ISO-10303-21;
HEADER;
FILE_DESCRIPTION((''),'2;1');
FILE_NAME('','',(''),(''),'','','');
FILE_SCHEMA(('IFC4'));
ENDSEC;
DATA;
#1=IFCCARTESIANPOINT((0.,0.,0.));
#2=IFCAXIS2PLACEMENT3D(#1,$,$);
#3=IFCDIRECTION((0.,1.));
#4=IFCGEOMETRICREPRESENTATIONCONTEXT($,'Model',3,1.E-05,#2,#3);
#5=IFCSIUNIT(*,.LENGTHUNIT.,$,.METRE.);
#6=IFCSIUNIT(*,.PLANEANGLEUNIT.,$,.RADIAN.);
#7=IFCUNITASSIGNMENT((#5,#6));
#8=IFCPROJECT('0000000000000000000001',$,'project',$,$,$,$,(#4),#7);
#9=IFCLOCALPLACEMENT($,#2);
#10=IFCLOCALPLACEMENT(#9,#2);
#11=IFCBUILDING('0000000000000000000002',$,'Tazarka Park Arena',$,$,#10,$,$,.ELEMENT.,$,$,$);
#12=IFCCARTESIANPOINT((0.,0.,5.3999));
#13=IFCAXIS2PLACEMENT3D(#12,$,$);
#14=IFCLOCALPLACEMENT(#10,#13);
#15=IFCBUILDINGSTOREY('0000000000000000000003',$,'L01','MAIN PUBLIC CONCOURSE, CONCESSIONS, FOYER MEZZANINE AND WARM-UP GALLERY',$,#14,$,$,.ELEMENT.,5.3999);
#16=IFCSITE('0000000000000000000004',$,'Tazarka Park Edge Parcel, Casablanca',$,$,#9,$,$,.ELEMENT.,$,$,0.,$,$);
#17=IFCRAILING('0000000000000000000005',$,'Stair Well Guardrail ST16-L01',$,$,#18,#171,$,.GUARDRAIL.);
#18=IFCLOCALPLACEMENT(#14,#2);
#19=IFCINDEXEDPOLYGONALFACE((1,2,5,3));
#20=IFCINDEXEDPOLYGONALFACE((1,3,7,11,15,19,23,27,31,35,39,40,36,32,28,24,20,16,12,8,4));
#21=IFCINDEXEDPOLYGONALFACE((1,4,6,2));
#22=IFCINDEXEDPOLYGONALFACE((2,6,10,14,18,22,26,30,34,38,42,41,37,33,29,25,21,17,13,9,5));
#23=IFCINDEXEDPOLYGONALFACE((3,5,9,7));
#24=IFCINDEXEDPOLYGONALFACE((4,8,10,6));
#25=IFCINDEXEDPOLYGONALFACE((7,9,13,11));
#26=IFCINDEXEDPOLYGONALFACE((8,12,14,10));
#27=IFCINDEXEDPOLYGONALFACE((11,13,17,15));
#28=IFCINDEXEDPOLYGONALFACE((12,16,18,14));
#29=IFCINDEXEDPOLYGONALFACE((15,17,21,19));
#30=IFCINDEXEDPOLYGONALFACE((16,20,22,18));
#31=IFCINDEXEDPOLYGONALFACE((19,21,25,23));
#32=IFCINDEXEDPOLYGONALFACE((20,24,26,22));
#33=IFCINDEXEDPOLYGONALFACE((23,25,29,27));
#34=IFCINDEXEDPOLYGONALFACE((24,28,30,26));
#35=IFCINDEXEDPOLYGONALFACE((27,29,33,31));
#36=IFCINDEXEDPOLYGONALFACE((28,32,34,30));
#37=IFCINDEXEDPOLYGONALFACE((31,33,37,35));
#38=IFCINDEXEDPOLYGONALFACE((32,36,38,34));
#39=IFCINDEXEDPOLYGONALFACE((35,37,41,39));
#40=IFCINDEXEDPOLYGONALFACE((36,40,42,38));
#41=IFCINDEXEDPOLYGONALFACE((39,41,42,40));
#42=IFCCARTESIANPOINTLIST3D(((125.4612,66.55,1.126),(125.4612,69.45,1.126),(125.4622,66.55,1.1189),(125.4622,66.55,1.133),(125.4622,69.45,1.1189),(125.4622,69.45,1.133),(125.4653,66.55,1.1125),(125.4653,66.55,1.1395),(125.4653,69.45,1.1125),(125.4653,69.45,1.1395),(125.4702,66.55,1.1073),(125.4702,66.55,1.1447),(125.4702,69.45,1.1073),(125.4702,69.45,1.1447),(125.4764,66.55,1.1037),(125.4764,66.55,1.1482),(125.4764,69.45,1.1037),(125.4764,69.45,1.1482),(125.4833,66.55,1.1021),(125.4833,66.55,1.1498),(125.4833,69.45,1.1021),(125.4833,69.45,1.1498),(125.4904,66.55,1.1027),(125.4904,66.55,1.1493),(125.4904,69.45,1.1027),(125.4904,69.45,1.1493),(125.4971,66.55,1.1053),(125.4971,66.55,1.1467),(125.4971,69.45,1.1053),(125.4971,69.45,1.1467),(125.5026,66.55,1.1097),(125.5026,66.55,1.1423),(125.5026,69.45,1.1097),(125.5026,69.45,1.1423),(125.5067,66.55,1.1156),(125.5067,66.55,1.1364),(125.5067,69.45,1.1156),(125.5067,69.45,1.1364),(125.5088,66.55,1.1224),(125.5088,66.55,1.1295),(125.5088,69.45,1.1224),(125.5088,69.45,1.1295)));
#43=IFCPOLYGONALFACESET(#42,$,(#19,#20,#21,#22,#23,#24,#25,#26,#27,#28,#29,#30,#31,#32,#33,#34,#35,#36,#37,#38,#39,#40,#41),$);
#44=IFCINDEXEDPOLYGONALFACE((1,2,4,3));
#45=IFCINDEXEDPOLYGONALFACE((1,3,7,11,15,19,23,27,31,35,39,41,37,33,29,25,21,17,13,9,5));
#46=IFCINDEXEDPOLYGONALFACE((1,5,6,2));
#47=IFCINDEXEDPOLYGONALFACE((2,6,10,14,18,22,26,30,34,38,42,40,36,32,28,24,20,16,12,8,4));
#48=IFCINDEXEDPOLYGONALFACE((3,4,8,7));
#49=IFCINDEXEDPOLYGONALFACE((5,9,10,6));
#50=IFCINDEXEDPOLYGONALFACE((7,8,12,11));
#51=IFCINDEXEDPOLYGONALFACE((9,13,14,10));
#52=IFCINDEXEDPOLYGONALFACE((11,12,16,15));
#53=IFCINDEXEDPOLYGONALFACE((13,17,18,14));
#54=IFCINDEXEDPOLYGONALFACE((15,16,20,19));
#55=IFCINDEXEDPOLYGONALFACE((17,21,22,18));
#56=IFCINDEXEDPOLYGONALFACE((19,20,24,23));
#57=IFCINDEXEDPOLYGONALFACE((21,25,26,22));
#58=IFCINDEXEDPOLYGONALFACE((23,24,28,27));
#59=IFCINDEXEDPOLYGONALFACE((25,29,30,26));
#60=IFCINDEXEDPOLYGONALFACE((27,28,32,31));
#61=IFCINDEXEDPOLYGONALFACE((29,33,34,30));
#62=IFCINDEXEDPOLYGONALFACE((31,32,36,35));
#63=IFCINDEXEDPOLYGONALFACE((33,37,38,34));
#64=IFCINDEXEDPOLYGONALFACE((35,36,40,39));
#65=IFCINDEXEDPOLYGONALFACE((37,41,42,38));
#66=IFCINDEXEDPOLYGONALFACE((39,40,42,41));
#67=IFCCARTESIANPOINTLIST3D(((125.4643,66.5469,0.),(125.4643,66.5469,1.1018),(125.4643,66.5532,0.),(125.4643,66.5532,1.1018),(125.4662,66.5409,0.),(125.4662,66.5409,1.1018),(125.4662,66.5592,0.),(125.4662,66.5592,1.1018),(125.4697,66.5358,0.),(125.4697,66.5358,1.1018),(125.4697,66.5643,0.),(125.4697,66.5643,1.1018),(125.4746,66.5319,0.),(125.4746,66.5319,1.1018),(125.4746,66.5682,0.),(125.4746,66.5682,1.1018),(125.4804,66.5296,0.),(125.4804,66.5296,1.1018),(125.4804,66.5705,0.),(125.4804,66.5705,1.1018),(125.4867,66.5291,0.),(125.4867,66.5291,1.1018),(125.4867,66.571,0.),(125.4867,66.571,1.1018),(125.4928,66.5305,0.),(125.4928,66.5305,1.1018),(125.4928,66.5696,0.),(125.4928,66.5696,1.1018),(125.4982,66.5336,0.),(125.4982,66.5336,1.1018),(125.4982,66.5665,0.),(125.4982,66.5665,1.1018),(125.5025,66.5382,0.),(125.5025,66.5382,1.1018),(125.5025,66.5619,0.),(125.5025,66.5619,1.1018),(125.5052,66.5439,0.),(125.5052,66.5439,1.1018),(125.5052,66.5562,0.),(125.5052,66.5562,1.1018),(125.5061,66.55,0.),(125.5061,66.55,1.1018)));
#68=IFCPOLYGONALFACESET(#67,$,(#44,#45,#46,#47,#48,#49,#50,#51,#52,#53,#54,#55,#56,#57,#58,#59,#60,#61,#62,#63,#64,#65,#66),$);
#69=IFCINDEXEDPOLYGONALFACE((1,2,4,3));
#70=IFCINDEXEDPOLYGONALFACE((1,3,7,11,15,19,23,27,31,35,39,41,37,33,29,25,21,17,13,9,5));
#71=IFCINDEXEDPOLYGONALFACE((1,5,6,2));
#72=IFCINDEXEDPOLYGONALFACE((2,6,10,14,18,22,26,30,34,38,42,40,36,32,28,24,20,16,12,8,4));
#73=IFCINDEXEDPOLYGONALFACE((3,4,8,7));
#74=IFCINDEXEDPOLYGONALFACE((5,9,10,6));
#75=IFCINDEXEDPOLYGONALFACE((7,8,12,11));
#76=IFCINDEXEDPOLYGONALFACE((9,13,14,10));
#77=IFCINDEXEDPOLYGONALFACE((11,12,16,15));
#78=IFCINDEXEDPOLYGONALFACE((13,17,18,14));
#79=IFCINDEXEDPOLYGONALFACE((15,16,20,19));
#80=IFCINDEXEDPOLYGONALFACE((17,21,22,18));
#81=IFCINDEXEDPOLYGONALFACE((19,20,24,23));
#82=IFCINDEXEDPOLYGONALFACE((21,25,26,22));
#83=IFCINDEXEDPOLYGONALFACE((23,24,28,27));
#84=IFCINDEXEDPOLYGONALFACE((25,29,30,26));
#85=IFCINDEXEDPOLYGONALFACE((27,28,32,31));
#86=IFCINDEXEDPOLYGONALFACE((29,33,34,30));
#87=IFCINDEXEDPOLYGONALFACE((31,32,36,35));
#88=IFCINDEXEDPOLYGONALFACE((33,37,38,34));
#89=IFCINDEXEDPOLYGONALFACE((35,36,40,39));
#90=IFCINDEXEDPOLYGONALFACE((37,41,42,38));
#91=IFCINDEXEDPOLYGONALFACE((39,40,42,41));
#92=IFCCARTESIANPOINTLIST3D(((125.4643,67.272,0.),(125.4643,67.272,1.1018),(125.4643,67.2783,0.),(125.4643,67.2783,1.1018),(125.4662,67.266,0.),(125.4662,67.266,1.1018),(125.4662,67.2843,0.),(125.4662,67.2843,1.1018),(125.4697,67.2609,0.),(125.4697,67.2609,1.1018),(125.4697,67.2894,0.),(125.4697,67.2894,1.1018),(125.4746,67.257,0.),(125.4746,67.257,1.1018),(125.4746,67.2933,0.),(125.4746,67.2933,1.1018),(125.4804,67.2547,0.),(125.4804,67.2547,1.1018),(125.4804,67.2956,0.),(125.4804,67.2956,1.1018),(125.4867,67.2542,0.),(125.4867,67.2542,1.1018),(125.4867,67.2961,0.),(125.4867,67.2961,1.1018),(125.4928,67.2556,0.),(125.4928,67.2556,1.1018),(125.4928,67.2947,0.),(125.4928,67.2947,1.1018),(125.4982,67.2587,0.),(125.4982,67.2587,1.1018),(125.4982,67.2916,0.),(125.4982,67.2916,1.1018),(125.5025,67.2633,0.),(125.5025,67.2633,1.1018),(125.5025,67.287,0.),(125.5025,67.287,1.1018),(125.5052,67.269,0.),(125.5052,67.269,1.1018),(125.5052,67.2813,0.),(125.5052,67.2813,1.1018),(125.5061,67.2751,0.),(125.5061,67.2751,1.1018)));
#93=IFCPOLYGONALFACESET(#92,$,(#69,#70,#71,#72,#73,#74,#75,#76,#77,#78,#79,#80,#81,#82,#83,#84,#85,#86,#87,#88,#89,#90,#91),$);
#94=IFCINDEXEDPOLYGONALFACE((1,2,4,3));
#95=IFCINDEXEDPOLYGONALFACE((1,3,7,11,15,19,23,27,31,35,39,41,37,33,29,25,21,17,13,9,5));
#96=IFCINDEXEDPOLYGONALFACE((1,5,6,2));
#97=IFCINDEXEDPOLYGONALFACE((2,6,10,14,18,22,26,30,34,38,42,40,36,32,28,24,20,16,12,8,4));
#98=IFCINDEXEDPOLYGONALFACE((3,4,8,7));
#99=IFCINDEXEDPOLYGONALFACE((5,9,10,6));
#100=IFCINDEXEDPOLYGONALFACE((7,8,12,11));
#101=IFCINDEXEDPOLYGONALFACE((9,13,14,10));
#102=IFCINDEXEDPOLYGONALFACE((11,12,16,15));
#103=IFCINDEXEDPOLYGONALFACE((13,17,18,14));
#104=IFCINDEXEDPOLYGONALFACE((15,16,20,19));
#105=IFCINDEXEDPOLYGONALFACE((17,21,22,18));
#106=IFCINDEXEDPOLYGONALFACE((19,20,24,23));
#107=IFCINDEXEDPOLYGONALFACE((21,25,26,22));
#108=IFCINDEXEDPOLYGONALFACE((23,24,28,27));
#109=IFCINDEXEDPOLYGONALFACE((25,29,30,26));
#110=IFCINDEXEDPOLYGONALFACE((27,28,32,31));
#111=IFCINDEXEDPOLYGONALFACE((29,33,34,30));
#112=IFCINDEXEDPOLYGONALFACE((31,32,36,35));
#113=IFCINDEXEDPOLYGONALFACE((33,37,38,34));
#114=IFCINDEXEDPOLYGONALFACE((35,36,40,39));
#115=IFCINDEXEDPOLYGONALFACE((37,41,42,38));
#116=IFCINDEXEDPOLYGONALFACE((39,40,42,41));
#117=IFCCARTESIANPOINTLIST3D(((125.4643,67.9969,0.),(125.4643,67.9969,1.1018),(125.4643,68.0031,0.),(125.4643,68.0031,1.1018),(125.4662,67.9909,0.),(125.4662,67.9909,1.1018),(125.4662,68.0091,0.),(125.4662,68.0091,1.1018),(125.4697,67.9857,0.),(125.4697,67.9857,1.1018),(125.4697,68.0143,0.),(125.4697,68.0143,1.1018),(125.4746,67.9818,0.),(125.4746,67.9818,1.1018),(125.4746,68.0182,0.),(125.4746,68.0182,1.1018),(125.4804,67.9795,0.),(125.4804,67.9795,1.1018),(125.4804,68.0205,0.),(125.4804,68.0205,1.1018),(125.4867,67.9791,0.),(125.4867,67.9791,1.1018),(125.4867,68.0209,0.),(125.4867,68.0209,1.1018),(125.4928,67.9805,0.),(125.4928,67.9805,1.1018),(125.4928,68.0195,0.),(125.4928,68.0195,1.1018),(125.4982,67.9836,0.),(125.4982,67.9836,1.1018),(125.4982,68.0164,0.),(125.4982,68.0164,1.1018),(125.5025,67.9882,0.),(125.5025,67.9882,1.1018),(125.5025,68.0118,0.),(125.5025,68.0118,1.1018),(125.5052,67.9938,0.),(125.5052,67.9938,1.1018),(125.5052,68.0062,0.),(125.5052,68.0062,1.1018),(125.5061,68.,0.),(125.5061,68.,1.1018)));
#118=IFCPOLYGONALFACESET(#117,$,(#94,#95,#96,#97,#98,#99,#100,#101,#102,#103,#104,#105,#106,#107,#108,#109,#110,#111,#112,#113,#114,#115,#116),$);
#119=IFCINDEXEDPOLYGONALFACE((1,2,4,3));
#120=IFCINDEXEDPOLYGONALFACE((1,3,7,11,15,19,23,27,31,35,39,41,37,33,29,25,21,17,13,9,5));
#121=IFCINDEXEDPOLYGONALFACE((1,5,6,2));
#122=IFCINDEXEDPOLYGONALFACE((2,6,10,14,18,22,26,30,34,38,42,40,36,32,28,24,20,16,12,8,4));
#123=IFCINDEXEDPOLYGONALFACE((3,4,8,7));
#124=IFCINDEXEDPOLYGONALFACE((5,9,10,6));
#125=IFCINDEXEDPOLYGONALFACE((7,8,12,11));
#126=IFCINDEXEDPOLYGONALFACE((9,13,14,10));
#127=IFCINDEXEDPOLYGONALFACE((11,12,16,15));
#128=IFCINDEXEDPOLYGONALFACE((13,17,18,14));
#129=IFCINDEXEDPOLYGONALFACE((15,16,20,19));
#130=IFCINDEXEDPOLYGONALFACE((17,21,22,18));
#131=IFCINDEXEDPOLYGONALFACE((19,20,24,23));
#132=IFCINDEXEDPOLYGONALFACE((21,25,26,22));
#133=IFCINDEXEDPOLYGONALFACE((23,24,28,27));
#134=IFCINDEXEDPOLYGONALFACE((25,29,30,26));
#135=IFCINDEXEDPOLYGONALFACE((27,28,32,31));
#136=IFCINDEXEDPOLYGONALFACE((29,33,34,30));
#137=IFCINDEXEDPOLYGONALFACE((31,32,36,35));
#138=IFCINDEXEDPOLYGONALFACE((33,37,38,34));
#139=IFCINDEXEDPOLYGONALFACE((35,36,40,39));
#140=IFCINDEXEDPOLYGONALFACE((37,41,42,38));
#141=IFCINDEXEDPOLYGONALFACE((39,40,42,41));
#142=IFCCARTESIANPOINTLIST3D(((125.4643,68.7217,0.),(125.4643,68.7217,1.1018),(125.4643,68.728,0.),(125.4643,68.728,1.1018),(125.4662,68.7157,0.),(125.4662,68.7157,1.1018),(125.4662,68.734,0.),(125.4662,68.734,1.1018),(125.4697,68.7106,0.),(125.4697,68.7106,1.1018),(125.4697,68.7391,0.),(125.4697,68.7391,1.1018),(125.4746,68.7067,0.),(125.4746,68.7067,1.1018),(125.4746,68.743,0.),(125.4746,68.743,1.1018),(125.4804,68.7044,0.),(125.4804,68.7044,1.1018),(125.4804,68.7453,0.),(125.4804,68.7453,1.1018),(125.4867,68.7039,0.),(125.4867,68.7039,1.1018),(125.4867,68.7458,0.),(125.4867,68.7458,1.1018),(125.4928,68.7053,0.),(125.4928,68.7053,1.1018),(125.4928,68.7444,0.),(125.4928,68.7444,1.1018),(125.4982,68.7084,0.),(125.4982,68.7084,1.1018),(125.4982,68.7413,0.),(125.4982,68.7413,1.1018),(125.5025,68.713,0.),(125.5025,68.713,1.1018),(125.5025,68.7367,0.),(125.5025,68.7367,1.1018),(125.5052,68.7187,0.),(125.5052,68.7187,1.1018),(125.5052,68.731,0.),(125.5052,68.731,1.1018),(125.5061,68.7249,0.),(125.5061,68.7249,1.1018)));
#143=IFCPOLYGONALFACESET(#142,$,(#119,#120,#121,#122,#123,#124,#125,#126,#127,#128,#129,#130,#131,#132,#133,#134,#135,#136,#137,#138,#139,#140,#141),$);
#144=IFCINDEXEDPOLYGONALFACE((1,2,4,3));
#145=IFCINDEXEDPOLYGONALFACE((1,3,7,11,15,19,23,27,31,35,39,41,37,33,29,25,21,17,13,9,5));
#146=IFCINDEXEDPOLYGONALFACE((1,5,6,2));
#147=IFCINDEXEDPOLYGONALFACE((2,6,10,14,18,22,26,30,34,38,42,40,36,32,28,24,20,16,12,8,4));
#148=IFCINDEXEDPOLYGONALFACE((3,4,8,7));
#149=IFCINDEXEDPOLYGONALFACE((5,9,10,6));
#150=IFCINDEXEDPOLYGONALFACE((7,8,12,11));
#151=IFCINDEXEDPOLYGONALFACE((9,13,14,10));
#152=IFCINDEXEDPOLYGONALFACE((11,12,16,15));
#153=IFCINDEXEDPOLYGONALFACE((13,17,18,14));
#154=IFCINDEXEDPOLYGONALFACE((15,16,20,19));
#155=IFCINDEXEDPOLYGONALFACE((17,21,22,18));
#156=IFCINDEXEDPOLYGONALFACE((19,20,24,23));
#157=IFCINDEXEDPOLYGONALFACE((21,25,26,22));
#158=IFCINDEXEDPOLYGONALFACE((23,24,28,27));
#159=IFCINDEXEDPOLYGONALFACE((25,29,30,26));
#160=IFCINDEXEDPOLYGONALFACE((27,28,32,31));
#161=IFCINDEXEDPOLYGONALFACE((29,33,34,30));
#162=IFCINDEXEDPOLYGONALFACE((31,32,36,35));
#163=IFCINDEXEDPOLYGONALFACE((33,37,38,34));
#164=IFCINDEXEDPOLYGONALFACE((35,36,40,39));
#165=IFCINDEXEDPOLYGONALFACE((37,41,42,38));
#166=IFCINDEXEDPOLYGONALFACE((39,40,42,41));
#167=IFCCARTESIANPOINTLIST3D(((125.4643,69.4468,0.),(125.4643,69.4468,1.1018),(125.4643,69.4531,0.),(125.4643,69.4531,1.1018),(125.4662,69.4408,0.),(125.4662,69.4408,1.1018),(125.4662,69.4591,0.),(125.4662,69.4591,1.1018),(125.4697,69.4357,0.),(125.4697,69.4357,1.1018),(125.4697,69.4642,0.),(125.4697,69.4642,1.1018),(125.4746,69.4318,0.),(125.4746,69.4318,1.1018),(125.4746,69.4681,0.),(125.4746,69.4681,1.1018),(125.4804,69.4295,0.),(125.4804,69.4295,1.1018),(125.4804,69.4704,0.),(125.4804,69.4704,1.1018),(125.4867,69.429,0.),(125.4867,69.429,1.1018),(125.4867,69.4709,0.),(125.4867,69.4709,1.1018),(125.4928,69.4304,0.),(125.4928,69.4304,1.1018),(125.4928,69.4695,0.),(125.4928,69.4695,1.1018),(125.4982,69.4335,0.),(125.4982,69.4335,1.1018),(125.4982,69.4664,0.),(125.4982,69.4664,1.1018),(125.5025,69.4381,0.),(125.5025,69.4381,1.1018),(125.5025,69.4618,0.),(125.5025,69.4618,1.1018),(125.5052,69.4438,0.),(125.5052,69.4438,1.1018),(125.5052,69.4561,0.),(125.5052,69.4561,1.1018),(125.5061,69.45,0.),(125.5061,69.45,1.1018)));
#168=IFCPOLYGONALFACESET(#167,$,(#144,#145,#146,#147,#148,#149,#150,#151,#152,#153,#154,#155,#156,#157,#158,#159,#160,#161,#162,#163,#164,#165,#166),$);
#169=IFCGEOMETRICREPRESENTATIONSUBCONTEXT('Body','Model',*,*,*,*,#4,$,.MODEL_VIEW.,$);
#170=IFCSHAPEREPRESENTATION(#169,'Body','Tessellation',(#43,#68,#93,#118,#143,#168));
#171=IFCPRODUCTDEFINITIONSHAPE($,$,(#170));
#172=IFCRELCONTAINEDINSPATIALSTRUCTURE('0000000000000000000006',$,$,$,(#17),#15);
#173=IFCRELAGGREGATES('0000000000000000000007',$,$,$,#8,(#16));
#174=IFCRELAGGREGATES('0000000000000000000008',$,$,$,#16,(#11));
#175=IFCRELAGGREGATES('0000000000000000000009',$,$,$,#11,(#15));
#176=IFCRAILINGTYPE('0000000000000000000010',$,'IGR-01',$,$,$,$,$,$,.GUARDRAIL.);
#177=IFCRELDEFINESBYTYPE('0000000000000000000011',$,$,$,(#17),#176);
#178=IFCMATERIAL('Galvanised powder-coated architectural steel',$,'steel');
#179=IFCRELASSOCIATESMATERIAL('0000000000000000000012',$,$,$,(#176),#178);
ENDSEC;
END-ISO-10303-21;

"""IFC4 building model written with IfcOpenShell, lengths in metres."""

from ifc_helpers import new_model, si_unit, direction, frame, origin, origin_2d, place, context, subcontext, project, spatial, circle, extrude, material, type_object, element, save


model = new_model("IFC4")

# Units and contexts
model_context = context("Model", 3, precision=1e-05, world=origin(), true_north=direction((0.0, 1.0)))
body_context = subcontext(model_context, "Body", "Model", "MODEL_VIEW")
ifc_project = project(units=[si_unit("LENGTHUNIT", "METRE"), si_unit("PLANEANGLEUNIT", "RADIAN")], contexts=[model_context])

# Site, building, storey
site_placement = place(None, origin())
site = spatial("IfcSite", under=ifc_project, at=site_placement, Name="Tazarka Park Edge Parcel, Casablanca", CompositionType="ELEMENT", RefElevation=0.0)
building_placement = place(site_placement, origin())
building = spatial("IfcBuilding", under=site, at=building_placement, Name="Tazarka Park Arena", CompositionType="ELEMENT")
storey_placement = place(building_placement, frame((0.0, 0.0, 5.3999)))
storey = spatial("IfcBuildingStorey", under=building, at=storey_placement, Name="L01", Description="MAIN PUBLIC CONCOURSE, CONCESSIONS, FOYER MEZZANINE AND WARM-UP GALLERY", CompositionType="ELEMENT", Elevation=5.3999)

# Railing
ifc_material_1 = material(Name="Galvanised powder-coated architectural steel", Category="steel")
railing_type_1 = type_object("IfcRailingType", Name="IGR-01", PredefinedType="GUARDRAIL", material=ifc_material_1)
for number, where, name in (
    (1, (125.4851, 66.55, 0.0), "Stair Well Guardrail ST16-L01"),
):
    element("IfcRailing", number, at=place(storey_placement, frame(where)), inside=storey, type_object=railing_type_1, Name=name, PredefinedType="GUARDRAIL", context=body_context, shape_type="SweptSolid", body=[
        extrude(circle(Radius=0.0239, at=origin_2d()), frame((0.0, 0.0, 1.126), z_axis=(0.0, 1.0, 0.0), x_axis=(-1.0, 0.0, 0.0)), (0.0, 0.0, 1.0), 2.8999),
        extrude(circle(Radius=0.021, at=origin_2d()), origin(), (0.0, 0.0, 1.0), 1.1018),
        extrude(circle(Radius=0.021, at=origin_2d()), frame((0.0, 0.7251, 0.0)), (0.0, 0.0, 1.0), 1.1018),
        extrude(circle(Radius=0.021, at=origin_2d()), frame((0.0, 1.45, 0.0)), (0.0, 0.0, 1.0), 1.1018),
        extrude(circle(Radius=0.021, at=origin_2d()), frame((0.0, 2.1748, 0.0)), (0.0, 0.0, 1.0), 1.1018),
        extrude(circle(Radius=0.021, at=origin_2d()), frame((0.0, 2.8999, 0.0)), (0.0, 0.0, 1.0), 1.1018),
    ])

save(model, "model.ifc")
